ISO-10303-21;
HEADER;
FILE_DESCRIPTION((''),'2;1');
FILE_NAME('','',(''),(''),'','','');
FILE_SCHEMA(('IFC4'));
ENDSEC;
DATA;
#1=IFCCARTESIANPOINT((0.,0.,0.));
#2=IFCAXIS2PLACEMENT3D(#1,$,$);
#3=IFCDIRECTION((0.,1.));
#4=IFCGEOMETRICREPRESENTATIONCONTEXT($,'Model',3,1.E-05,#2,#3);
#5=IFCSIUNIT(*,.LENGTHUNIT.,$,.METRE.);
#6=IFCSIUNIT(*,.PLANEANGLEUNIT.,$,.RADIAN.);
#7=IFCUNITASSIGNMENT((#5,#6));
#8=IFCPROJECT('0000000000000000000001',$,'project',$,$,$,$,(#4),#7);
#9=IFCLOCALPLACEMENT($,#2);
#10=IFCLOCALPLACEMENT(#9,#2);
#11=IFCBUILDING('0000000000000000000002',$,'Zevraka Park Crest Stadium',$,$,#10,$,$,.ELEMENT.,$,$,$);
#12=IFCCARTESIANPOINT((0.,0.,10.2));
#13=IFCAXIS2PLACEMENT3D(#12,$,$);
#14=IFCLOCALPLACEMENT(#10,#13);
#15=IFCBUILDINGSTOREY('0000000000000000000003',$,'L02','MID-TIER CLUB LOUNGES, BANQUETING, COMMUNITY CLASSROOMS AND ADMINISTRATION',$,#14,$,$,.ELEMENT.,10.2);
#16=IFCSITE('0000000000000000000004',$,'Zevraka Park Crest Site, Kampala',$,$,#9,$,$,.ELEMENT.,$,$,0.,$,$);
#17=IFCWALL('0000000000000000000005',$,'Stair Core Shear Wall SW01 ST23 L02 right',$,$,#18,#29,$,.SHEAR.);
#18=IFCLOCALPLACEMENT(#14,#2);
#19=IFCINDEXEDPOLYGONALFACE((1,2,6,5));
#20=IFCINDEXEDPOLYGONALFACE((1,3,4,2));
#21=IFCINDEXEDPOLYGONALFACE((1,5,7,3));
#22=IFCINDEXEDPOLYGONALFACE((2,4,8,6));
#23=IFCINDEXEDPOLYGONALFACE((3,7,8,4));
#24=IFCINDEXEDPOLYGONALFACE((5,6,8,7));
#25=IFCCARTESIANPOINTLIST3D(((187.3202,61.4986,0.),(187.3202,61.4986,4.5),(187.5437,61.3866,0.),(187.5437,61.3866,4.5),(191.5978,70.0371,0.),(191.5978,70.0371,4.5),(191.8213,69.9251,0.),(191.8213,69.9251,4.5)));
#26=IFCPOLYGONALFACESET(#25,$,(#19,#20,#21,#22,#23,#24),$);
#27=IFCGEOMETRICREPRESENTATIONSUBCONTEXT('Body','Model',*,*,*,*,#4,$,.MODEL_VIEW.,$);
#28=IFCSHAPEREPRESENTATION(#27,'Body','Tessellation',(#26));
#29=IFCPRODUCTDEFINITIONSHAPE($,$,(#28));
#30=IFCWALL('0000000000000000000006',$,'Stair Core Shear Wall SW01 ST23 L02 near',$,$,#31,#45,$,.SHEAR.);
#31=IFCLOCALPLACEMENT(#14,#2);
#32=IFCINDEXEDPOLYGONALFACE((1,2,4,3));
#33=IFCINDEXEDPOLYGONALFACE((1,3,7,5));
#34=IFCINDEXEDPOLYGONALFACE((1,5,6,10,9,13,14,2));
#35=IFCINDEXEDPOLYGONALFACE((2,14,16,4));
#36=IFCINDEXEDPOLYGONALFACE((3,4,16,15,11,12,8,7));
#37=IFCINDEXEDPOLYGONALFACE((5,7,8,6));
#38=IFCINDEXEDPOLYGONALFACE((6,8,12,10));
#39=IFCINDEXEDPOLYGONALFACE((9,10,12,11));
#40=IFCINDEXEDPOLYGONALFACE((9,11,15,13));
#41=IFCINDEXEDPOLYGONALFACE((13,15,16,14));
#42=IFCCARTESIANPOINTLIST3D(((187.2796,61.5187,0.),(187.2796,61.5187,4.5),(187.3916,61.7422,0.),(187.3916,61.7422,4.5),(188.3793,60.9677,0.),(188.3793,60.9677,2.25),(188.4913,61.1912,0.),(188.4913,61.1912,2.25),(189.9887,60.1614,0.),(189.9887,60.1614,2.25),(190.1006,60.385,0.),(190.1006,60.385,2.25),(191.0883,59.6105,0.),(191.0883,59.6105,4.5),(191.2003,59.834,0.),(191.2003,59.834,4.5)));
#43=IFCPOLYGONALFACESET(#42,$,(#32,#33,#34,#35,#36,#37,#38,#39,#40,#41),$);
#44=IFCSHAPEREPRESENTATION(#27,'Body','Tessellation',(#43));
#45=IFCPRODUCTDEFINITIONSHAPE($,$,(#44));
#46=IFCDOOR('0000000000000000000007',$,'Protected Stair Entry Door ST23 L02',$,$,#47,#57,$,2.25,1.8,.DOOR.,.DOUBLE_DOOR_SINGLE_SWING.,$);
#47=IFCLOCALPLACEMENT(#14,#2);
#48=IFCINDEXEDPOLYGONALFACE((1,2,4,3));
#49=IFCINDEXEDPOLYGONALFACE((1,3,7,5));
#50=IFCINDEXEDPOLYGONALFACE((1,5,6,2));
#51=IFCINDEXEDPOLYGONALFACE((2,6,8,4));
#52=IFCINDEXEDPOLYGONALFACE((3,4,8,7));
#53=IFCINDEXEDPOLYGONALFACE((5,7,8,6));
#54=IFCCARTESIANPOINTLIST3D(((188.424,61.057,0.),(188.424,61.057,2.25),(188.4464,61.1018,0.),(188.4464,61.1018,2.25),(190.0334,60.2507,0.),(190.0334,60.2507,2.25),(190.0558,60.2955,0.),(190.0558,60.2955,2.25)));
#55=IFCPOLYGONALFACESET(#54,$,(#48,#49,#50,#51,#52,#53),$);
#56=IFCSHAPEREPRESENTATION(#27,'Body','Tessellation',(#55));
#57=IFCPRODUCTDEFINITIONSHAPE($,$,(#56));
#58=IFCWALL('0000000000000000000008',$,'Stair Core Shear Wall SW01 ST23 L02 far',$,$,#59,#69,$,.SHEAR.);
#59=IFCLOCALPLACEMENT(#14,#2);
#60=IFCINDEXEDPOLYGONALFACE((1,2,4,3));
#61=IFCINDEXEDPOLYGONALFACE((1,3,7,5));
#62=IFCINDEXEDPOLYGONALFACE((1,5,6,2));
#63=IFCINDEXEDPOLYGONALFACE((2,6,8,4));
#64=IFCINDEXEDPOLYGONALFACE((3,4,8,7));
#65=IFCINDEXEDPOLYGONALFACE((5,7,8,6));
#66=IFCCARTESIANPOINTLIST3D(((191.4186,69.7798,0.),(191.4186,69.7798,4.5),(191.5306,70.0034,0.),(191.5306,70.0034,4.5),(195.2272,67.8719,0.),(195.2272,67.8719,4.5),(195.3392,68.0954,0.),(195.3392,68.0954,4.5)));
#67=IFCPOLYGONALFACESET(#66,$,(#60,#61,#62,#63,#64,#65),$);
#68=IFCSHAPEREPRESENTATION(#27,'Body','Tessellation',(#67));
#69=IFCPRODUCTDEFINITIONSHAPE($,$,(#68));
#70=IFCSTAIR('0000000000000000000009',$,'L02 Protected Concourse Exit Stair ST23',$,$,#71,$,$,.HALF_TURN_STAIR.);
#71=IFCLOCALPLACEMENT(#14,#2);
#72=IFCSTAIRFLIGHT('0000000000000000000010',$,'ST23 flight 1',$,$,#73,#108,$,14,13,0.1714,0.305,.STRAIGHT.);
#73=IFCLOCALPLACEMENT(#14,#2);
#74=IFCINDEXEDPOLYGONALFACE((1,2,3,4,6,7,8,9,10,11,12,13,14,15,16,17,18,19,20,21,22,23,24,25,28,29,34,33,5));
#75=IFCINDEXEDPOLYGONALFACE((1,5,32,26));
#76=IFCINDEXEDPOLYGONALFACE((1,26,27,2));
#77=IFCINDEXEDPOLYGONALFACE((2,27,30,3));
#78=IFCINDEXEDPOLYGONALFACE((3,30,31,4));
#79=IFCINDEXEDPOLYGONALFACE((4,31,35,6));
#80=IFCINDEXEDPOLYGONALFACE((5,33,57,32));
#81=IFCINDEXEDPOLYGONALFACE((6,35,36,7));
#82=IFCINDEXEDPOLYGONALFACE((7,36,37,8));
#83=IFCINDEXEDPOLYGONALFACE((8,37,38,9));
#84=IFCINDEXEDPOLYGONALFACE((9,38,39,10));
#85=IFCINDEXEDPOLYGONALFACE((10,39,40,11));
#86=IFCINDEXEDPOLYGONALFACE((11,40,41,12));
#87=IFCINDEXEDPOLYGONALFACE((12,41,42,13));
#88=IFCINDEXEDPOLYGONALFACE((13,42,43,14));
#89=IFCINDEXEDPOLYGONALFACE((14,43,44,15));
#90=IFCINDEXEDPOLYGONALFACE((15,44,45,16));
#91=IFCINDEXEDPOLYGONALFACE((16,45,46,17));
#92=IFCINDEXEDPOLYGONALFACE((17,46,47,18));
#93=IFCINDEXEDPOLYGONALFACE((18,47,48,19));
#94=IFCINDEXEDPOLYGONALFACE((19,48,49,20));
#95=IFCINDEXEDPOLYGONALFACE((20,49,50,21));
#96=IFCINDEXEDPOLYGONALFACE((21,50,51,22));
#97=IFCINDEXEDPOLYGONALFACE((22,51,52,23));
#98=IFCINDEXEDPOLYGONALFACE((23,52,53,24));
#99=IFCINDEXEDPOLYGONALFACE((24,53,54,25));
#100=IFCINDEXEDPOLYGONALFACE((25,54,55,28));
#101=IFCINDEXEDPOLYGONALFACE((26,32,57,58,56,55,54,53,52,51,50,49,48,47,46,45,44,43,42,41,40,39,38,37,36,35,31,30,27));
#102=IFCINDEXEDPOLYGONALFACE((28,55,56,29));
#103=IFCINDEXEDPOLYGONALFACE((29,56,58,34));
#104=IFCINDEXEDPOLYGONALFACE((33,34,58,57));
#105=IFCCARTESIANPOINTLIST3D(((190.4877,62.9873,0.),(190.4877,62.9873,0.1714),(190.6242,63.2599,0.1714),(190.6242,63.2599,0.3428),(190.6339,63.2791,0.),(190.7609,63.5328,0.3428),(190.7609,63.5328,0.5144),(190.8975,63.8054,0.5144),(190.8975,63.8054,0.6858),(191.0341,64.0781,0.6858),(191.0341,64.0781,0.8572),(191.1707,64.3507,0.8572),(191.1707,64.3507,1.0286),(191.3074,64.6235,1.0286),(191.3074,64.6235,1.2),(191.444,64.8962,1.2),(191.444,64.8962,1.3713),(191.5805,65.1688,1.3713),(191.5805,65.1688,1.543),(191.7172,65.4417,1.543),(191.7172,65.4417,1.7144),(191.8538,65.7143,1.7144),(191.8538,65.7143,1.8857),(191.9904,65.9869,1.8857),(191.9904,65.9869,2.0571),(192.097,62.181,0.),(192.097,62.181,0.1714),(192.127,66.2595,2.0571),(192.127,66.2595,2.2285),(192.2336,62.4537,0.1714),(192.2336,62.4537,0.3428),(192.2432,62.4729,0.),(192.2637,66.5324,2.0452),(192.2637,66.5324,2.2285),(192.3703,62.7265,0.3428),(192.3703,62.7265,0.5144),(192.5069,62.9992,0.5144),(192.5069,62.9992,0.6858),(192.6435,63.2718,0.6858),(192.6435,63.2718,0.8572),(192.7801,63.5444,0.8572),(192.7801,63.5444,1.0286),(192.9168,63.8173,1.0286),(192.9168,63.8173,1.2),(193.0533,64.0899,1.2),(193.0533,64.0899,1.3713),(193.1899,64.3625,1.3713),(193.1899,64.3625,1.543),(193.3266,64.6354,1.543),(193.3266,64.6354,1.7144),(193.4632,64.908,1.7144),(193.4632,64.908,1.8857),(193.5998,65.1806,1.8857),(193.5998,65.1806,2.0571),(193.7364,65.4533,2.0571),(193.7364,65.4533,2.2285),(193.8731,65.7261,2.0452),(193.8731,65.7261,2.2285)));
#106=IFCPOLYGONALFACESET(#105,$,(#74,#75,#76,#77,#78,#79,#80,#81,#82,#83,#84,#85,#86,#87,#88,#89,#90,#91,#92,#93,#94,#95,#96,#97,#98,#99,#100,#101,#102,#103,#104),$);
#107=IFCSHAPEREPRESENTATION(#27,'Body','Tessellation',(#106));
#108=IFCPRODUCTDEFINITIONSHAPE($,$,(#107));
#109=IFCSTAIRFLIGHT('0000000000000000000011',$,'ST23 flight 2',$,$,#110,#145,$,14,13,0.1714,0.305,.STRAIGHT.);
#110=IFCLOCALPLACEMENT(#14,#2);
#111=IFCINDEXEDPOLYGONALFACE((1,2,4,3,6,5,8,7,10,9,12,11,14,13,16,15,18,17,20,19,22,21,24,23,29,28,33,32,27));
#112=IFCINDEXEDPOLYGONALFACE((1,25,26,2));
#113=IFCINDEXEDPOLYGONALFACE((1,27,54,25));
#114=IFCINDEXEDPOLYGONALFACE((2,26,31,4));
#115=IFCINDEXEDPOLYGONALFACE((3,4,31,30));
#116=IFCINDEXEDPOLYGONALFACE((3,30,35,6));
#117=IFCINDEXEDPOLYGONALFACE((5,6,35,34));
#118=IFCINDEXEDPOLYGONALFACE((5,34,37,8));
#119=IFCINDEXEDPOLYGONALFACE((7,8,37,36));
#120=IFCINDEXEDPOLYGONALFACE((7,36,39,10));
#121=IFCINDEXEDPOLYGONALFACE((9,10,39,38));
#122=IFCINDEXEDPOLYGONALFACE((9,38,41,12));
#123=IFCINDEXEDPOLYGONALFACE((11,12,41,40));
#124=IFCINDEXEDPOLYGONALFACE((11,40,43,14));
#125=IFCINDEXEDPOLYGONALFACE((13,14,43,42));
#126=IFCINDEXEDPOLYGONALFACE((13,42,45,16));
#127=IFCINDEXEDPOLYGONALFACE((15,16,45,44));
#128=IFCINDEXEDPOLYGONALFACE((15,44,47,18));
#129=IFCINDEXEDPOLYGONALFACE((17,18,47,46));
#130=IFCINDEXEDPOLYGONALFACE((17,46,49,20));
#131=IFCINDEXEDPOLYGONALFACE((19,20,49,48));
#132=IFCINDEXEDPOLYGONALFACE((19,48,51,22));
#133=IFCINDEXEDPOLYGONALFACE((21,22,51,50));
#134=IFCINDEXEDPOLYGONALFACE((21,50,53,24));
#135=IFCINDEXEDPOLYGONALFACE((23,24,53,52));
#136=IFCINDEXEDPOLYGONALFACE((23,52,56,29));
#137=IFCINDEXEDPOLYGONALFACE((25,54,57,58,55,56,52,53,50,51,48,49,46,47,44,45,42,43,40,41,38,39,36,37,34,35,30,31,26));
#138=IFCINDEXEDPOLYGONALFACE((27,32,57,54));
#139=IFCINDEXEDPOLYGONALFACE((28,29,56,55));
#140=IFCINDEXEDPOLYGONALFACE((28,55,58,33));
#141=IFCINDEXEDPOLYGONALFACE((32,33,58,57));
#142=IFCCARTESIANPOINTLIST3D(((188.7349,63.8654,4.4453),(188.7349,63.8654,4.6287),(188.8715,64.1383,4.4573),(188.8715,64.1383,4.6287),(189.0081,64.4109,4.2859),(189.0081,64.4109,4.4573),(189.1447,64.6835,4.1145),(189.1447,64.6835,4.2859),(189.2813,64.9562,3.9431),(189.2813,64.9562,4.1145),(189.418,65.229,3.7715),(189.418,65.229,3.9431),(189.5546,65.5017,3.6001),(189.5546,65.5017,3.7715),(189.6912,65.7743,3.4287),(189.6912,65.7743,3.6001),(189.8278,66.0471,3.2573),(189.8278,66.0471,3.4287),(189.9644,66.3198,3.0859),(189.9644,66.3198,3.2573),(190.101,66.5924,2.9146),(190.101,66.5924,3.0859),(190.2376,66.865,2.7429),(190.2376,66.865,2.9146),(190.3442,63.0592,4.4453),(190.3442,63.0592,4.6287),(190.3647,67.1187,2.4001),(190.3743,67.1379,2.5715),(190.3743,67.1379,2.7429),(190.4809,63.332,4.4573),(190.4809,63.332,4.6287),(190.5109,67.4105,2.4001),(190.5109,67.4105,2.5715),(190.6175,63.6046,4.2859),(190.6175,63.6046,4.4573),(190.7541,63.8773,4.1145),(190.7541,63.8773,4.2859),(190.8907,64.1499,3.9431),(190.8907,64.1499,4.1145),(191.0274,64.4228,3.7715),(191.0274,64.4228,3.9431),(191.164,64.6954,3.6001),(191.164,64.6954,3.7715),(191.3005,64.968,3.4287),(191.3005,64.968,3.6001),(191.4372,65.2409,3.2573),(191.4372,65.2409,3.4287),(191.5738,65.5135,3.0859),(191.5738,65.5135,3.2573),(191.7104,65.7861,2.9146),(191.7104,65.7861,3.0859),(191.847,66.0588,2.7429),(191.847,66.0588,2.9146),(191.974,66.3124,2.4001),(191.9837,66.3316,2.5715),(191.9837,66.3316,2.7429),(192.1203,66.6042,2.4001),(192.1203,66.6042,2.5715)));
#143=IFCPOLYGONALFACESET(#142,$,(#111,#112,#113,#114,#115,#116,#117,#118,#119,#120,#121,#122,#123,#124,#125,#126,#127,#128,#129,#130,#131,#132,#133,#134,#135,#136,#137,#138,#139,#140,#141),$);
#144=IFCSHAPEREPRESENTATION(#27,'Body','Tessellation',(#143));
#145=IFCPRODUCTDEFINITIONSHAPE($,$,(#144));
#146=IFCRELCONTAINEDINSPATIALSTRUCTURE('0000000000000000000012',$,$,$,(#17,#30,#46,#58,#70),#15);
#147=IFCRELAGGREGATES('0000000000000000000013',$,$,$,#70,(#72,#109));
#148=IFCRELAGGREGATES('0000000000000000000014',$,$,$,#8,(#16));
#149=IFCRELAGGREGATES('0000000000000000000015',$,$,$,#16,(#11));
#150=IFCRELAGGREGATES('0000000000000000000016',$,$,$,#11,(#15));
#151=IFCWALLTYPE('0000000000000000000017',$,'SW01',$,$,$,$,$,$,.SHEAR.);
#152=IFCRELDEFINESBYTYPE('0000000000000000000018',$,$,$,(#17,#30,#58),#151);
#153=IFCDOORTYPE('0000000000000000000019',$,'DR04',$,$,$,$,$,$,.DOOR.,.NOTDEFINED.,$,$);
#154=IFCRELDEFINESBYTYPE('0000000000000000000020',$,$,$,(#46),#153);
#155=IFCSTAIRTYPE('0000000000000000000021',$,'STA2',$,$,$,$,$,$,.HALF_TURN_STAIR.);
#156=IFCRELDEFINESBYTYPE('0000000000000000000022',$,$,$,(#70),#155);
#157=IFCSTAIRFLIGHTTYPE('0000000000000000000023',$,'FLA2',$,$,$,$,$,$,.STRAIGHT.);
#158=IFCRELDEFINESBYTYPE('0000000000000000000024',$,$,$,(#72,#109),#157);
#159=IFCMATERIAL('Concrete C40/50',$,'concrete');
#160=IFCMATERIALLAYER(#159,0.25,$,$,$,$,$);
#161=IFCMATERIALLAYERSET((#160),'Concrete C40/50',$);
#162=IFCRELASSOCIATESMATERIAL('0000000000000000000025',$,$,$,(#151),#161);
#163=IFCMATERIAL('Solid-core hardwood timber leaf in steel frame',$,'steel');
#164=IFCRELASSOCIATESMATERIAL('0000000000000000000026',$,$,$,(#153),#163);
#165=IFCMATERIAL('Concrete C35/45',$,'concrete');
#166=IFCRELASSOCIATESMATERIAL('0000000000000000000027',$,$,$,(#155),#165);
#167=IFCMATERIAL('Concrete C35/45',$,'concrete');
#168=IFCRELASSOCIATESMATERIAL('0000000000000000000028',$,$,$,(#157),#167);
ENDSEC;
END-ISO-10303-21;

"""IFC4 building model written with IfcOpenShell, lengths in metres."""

from ifc_helpers import new_model, si_unit, direction, frame, frame_2d, origin, place, context, subcontext, project, spatial, polyline, rectangle, outline, extrude, material, layer, layer_set, type_object, element, fill, aggregate, save


model = new_model("IFC4")

# Units and contexts
model_context = context("Model", 3, precision=1e-05, world=origin(), true_north=direction((0.0, 1.0)))
body_context = subcontext(model_context, "Body", "Model", "MODEL_VIEW")
ifc_project = project(units=[si_unit("LENGTHUNIT", "METRE"), si_unit("PLANEANGLEUNIT", "RADIAN")], contexts=[model_context])

# Site, building, storey
site_placement = place(None, origin())
site = spatial("IfcSite", under=ifc_project, at=site_placement, Name="Zevraka Park Crest Site, Kampala", CompositionType="ELEMENT", RefElevation=0.0)
building_placement = place(site_placement, origin())
building = spatial("IfcBuilding", under=site, at=building_placement, Name="Zevraka Park Crest Stadium", CompositionType="ELEMENT")
storey_placement = place(building_placement, frame((0.0, 0.0, 10.2)))
storey = spatial("IfcBuildingStorey", under=building, at=storey_placement, Name="L02", Description="MID-TIER CLUB LOUNGES, BANQUETING, COMMUNITY CLASSROOMS AND ADMINISTRATION", CompositionType="ELEMENT", Elevation=10.2)

# Wall
ifc_material_1 = material(Name="Concrete C40/50", Category="concrete")
ifc_layer = layer(ifc_material_1, 0.25)
ifc_layer_set = layer_set([ifc_layer], Name="Concrete C40/50")
wall_type = type_object("IfcWallType", Name="SW01", PredefinedType="SHEAR", material=ifc_layer_set)
wall_1_placement = place(storey_placement, frame((191.7095, 69.981, 0.0), z_axis=(0.0, 0.0, 1.0), x_axis=(-0.447909, -0.894079, 0.0)))
element("IfcWall", 1, at=wall_1_placement, inside=storey, type_object=wall_type, Name="Stair Core Shear Wall SW01 ST23 L02 right", PredefinedType="SHEAR", context=body_context, shape_type="SweptSolid", body=[
    extrude(rectangle(XDim=9.55, YDim=0.25, at=frame_2d((4.7749, 0.0))), origin(), (0.0, 0.0, 1.0), 4.5),
])

# Wall, opening, door
wall_2_placement = place(storey_placement, frame((187.3357, 61.6304, 0.0), z_axis=(0.0, 0.0, 1.0), x_axis=(0.894072, -0.447924, 0.0)))
wall_2 = element("IfcWall", 2, at=wall_2_placement, inside=storey, type_object=wall_type, Name="Stair Core Shear Wall SW01 ST23 L02 near", PredefinedType="SHEAR", context=body_context, shape_type="SweptSolid", body=[
    extrude(rectangle(XDim=4.26, YDim=0.25, at=frame_2d((2.1299, 0.0))), origin(), (0.0, 0.0, 1.0), 4.5),
])
opening_placement = place(wall_2_placement, frame((1.23, 0.0, 0.0)))
opening = element("IfcOpeningElement", 3, at=opening_placement, cuts=wall_2, PredefinedType="OPENING", context=body_context, shape_type="SweptSolid", body=[
    extrude(rectangle(XDim=1.8, YDim=2.25, at=frame_2d((0.8999, 1.125))), frame((0.0, 0.135, 0.0), z_axis=(0.0, -1.0, 0.0), x_axis=(1.0, 0.0, 0.0)), (0.0, 0.0, 1.0), 0.27),
])
ifc_material_2 = material(Name="Solid-core hardwood timber leaf in steel frame", Category="steel")
door_type = type_object("IfcDoorType", Name="DR04", OperationType="NOTDEFINED", PredefinedType="DOOR", material=ifc_material_2)
door_placement = place(opening_placement, origin())
door = element("IfcDoor", 4, at=door_placement, inside=storey, type_object=door_type, Name="Protected Stair Entry Door ST23 L02", OperationType="DOUBLE_DOOR_SINGLE_SWING", OverallHeight=2.25, OverallWidth=1.8, PredefinedType="DOOR", context=body_context, shape_type="SweptSolid", body=[
    extrude(rectangle(XDim=1.8, YDim=2.25, at=frame_2d((0.8999, 1.125))), frame((0.0, 0.0249, 0.0), z_axis=(0.0, -1.0, 0.0), x_axis=(1.0, 0.0, 0.0)), (0.0, 0.0, 1.0), 0.05),
])
fill(opening, door)

# Wall
wall_3_placement = place(storey_placement, frame((195.2832, 67.9836, 0.0), z_axis=(0.0, 0.0, 1.0), x_axis=(-0.894083, 0.447901, 0.0)))
element("IfcWall", 5, at=wall_3_placement, inside=storey, type_object=wall_type, Name="Stair Core Shear Wall SW01 ST23 L02 far", PredefinedType="SHEAR", context=body_context, shape_type="SweptSolid", body=[
    extrude(rectangle(XDim=4.2598, YDim=0.25, at=frame_2d((2.1299, 0.0))), origin(), (0.0, 0.0, 1.0), 4.5),
])

# Stair, stair flights
ifc_material_3 = material(Name="Concrete C35/45", Category="concrete")
stair_type = type_object("IfcStairType", Name="STA2", PredefinedType="HALF_TURN_STAIR", material=ifc_material_3)
stair_placement = place(storey_placement, origin())
stair = element("IfcStair", 6, at=stair_placement, inside=storey, type_object=stair_type, Name="L02 Protected Concourse Exit Stair ST23", PredefinedType="HALF_TURN_STAIR")
ifc_material_4 = material(Name="Concrete C35/45", Category="concrete")
stair_flight_type = type_object("IfcStairFlightType", Name="FLA2", PredefinedType="STRAIGHT", material=ifc_material_4)
stair_flight_1_placement = place(storey_placement, frame((191.2922, 62.5842, 0.0), z_axis=(0.0, 0.0, 1.0), x_axis=(0.447915, 0.894076, 0.0)))
stair_flight_1 = element("IfcStairFlight", 7, at=stair_flight_1_placement, type_object=stair_flight_type, Name="ST23 flight 1", NumberOfRisers=14, NumberOfTreads=13, PredefinedType="STRAIGHT", RiserHeight=0.1714, TreadLength=0.305, context=body_context, shape_type="SweptSolid", body=[
    extrude(outline(polyline([(0.0, 0.0), (0.0, 0.1714), (0.3049, 0.1714), (0.3049, 0.3428), (0.6101, 0.3428), (0.6101, 0.5144), (0.915, 0.5144), (0.915, 0.6858), (1.22, 0.6858), (1.22, 0.8572), (1.5249, 0.8572), (1.5249, 1.0286), (1.8301, 1.0286), (1.8301, 1.2), (2.135, 1.2), (2.135, 1.3713), (2.4399, 1.3713), (2.4399, 1.543), (2.7451, 1.543), (2.7451, 1.7144), (3.05, 1.7144), (3.05, 1.8857), (3.355, 1.8857), (3.355, 2.0571), (3.6599, 2.0571), (3.6599, 2.2285), (3.9651, 2.2285), (3.9651, 2.3999), (3.9651, 2.0452), (0.3264, 0.0), (0.0, 0.0)])), frame((0.0, 0.8999, 0.0), z_axis=(0.0, -1.0, 0.0), x_axis=(1.0, 0.0, 0.0)), (0.0, 0.0, 1.0), 1.8),
])
stair_flight_2_placement = place(storey_placement, frame((191.3157, 67.0073, 2.4001), z_axis=(0.0, 0.0, 1.0), x_axis=(-0.447915, -0.894076, 0.0)))
stair_flight_2 = element("IfcStairFlight", 8, at=stair_flight_2_placement, type_object=stair_flight_type, Name="ST23 flight 2", NumberOfRisers=14, NumberOfTreads=13, PredefinedType="STRAIGHT", RiserHeight=0.1714, TreadLength=0.305, context=body_context, shape_type="SweptSolid", body=[
    extrude(outline(polyline([(0.0, 0.0), (0.0, 0.1714), (0.3049, 0.1714), (0.3049, 0.3428), (0.6101, 0.3428), (0.6101, 0.5144), (0.915, 0.5144), (0.915, 0.6858), (1.22, 0.6858), (1.22, 0.8572), (1.5249, 0.8572), (1.5249, 1.0286), (1.8301, 1.0286), (1.8301, 1.2), (2.135, 1.2), (2.135, 1.3713), (2.4399, 1.3713), (2.4399, 1.543), (2.7451, 1.543), (2.7451, 1.7144), (3.05, 1.7144), (3.05, 1.8857), (3.355, 1.8857), (3.355, 2.0571), (3.6599, 2.0571), (3.6599, 2.2285), (3.9651, 2.2285), (3.9651, 2.3999), (3.9651, 2.0452), (0.3264, 0.0), (0.0, 0.0)])), frame((0.0, 0.8999, 0.0), z_axis=(0.0, -1.0, 0.0), x_axis=(1.0, 0.0, 0.0)), (0.0, 0.0, 1.0), 1.8),
])
aggregate(stair, [stair_flight_1, stair_flight_2])

save(model, "model.ifc")
